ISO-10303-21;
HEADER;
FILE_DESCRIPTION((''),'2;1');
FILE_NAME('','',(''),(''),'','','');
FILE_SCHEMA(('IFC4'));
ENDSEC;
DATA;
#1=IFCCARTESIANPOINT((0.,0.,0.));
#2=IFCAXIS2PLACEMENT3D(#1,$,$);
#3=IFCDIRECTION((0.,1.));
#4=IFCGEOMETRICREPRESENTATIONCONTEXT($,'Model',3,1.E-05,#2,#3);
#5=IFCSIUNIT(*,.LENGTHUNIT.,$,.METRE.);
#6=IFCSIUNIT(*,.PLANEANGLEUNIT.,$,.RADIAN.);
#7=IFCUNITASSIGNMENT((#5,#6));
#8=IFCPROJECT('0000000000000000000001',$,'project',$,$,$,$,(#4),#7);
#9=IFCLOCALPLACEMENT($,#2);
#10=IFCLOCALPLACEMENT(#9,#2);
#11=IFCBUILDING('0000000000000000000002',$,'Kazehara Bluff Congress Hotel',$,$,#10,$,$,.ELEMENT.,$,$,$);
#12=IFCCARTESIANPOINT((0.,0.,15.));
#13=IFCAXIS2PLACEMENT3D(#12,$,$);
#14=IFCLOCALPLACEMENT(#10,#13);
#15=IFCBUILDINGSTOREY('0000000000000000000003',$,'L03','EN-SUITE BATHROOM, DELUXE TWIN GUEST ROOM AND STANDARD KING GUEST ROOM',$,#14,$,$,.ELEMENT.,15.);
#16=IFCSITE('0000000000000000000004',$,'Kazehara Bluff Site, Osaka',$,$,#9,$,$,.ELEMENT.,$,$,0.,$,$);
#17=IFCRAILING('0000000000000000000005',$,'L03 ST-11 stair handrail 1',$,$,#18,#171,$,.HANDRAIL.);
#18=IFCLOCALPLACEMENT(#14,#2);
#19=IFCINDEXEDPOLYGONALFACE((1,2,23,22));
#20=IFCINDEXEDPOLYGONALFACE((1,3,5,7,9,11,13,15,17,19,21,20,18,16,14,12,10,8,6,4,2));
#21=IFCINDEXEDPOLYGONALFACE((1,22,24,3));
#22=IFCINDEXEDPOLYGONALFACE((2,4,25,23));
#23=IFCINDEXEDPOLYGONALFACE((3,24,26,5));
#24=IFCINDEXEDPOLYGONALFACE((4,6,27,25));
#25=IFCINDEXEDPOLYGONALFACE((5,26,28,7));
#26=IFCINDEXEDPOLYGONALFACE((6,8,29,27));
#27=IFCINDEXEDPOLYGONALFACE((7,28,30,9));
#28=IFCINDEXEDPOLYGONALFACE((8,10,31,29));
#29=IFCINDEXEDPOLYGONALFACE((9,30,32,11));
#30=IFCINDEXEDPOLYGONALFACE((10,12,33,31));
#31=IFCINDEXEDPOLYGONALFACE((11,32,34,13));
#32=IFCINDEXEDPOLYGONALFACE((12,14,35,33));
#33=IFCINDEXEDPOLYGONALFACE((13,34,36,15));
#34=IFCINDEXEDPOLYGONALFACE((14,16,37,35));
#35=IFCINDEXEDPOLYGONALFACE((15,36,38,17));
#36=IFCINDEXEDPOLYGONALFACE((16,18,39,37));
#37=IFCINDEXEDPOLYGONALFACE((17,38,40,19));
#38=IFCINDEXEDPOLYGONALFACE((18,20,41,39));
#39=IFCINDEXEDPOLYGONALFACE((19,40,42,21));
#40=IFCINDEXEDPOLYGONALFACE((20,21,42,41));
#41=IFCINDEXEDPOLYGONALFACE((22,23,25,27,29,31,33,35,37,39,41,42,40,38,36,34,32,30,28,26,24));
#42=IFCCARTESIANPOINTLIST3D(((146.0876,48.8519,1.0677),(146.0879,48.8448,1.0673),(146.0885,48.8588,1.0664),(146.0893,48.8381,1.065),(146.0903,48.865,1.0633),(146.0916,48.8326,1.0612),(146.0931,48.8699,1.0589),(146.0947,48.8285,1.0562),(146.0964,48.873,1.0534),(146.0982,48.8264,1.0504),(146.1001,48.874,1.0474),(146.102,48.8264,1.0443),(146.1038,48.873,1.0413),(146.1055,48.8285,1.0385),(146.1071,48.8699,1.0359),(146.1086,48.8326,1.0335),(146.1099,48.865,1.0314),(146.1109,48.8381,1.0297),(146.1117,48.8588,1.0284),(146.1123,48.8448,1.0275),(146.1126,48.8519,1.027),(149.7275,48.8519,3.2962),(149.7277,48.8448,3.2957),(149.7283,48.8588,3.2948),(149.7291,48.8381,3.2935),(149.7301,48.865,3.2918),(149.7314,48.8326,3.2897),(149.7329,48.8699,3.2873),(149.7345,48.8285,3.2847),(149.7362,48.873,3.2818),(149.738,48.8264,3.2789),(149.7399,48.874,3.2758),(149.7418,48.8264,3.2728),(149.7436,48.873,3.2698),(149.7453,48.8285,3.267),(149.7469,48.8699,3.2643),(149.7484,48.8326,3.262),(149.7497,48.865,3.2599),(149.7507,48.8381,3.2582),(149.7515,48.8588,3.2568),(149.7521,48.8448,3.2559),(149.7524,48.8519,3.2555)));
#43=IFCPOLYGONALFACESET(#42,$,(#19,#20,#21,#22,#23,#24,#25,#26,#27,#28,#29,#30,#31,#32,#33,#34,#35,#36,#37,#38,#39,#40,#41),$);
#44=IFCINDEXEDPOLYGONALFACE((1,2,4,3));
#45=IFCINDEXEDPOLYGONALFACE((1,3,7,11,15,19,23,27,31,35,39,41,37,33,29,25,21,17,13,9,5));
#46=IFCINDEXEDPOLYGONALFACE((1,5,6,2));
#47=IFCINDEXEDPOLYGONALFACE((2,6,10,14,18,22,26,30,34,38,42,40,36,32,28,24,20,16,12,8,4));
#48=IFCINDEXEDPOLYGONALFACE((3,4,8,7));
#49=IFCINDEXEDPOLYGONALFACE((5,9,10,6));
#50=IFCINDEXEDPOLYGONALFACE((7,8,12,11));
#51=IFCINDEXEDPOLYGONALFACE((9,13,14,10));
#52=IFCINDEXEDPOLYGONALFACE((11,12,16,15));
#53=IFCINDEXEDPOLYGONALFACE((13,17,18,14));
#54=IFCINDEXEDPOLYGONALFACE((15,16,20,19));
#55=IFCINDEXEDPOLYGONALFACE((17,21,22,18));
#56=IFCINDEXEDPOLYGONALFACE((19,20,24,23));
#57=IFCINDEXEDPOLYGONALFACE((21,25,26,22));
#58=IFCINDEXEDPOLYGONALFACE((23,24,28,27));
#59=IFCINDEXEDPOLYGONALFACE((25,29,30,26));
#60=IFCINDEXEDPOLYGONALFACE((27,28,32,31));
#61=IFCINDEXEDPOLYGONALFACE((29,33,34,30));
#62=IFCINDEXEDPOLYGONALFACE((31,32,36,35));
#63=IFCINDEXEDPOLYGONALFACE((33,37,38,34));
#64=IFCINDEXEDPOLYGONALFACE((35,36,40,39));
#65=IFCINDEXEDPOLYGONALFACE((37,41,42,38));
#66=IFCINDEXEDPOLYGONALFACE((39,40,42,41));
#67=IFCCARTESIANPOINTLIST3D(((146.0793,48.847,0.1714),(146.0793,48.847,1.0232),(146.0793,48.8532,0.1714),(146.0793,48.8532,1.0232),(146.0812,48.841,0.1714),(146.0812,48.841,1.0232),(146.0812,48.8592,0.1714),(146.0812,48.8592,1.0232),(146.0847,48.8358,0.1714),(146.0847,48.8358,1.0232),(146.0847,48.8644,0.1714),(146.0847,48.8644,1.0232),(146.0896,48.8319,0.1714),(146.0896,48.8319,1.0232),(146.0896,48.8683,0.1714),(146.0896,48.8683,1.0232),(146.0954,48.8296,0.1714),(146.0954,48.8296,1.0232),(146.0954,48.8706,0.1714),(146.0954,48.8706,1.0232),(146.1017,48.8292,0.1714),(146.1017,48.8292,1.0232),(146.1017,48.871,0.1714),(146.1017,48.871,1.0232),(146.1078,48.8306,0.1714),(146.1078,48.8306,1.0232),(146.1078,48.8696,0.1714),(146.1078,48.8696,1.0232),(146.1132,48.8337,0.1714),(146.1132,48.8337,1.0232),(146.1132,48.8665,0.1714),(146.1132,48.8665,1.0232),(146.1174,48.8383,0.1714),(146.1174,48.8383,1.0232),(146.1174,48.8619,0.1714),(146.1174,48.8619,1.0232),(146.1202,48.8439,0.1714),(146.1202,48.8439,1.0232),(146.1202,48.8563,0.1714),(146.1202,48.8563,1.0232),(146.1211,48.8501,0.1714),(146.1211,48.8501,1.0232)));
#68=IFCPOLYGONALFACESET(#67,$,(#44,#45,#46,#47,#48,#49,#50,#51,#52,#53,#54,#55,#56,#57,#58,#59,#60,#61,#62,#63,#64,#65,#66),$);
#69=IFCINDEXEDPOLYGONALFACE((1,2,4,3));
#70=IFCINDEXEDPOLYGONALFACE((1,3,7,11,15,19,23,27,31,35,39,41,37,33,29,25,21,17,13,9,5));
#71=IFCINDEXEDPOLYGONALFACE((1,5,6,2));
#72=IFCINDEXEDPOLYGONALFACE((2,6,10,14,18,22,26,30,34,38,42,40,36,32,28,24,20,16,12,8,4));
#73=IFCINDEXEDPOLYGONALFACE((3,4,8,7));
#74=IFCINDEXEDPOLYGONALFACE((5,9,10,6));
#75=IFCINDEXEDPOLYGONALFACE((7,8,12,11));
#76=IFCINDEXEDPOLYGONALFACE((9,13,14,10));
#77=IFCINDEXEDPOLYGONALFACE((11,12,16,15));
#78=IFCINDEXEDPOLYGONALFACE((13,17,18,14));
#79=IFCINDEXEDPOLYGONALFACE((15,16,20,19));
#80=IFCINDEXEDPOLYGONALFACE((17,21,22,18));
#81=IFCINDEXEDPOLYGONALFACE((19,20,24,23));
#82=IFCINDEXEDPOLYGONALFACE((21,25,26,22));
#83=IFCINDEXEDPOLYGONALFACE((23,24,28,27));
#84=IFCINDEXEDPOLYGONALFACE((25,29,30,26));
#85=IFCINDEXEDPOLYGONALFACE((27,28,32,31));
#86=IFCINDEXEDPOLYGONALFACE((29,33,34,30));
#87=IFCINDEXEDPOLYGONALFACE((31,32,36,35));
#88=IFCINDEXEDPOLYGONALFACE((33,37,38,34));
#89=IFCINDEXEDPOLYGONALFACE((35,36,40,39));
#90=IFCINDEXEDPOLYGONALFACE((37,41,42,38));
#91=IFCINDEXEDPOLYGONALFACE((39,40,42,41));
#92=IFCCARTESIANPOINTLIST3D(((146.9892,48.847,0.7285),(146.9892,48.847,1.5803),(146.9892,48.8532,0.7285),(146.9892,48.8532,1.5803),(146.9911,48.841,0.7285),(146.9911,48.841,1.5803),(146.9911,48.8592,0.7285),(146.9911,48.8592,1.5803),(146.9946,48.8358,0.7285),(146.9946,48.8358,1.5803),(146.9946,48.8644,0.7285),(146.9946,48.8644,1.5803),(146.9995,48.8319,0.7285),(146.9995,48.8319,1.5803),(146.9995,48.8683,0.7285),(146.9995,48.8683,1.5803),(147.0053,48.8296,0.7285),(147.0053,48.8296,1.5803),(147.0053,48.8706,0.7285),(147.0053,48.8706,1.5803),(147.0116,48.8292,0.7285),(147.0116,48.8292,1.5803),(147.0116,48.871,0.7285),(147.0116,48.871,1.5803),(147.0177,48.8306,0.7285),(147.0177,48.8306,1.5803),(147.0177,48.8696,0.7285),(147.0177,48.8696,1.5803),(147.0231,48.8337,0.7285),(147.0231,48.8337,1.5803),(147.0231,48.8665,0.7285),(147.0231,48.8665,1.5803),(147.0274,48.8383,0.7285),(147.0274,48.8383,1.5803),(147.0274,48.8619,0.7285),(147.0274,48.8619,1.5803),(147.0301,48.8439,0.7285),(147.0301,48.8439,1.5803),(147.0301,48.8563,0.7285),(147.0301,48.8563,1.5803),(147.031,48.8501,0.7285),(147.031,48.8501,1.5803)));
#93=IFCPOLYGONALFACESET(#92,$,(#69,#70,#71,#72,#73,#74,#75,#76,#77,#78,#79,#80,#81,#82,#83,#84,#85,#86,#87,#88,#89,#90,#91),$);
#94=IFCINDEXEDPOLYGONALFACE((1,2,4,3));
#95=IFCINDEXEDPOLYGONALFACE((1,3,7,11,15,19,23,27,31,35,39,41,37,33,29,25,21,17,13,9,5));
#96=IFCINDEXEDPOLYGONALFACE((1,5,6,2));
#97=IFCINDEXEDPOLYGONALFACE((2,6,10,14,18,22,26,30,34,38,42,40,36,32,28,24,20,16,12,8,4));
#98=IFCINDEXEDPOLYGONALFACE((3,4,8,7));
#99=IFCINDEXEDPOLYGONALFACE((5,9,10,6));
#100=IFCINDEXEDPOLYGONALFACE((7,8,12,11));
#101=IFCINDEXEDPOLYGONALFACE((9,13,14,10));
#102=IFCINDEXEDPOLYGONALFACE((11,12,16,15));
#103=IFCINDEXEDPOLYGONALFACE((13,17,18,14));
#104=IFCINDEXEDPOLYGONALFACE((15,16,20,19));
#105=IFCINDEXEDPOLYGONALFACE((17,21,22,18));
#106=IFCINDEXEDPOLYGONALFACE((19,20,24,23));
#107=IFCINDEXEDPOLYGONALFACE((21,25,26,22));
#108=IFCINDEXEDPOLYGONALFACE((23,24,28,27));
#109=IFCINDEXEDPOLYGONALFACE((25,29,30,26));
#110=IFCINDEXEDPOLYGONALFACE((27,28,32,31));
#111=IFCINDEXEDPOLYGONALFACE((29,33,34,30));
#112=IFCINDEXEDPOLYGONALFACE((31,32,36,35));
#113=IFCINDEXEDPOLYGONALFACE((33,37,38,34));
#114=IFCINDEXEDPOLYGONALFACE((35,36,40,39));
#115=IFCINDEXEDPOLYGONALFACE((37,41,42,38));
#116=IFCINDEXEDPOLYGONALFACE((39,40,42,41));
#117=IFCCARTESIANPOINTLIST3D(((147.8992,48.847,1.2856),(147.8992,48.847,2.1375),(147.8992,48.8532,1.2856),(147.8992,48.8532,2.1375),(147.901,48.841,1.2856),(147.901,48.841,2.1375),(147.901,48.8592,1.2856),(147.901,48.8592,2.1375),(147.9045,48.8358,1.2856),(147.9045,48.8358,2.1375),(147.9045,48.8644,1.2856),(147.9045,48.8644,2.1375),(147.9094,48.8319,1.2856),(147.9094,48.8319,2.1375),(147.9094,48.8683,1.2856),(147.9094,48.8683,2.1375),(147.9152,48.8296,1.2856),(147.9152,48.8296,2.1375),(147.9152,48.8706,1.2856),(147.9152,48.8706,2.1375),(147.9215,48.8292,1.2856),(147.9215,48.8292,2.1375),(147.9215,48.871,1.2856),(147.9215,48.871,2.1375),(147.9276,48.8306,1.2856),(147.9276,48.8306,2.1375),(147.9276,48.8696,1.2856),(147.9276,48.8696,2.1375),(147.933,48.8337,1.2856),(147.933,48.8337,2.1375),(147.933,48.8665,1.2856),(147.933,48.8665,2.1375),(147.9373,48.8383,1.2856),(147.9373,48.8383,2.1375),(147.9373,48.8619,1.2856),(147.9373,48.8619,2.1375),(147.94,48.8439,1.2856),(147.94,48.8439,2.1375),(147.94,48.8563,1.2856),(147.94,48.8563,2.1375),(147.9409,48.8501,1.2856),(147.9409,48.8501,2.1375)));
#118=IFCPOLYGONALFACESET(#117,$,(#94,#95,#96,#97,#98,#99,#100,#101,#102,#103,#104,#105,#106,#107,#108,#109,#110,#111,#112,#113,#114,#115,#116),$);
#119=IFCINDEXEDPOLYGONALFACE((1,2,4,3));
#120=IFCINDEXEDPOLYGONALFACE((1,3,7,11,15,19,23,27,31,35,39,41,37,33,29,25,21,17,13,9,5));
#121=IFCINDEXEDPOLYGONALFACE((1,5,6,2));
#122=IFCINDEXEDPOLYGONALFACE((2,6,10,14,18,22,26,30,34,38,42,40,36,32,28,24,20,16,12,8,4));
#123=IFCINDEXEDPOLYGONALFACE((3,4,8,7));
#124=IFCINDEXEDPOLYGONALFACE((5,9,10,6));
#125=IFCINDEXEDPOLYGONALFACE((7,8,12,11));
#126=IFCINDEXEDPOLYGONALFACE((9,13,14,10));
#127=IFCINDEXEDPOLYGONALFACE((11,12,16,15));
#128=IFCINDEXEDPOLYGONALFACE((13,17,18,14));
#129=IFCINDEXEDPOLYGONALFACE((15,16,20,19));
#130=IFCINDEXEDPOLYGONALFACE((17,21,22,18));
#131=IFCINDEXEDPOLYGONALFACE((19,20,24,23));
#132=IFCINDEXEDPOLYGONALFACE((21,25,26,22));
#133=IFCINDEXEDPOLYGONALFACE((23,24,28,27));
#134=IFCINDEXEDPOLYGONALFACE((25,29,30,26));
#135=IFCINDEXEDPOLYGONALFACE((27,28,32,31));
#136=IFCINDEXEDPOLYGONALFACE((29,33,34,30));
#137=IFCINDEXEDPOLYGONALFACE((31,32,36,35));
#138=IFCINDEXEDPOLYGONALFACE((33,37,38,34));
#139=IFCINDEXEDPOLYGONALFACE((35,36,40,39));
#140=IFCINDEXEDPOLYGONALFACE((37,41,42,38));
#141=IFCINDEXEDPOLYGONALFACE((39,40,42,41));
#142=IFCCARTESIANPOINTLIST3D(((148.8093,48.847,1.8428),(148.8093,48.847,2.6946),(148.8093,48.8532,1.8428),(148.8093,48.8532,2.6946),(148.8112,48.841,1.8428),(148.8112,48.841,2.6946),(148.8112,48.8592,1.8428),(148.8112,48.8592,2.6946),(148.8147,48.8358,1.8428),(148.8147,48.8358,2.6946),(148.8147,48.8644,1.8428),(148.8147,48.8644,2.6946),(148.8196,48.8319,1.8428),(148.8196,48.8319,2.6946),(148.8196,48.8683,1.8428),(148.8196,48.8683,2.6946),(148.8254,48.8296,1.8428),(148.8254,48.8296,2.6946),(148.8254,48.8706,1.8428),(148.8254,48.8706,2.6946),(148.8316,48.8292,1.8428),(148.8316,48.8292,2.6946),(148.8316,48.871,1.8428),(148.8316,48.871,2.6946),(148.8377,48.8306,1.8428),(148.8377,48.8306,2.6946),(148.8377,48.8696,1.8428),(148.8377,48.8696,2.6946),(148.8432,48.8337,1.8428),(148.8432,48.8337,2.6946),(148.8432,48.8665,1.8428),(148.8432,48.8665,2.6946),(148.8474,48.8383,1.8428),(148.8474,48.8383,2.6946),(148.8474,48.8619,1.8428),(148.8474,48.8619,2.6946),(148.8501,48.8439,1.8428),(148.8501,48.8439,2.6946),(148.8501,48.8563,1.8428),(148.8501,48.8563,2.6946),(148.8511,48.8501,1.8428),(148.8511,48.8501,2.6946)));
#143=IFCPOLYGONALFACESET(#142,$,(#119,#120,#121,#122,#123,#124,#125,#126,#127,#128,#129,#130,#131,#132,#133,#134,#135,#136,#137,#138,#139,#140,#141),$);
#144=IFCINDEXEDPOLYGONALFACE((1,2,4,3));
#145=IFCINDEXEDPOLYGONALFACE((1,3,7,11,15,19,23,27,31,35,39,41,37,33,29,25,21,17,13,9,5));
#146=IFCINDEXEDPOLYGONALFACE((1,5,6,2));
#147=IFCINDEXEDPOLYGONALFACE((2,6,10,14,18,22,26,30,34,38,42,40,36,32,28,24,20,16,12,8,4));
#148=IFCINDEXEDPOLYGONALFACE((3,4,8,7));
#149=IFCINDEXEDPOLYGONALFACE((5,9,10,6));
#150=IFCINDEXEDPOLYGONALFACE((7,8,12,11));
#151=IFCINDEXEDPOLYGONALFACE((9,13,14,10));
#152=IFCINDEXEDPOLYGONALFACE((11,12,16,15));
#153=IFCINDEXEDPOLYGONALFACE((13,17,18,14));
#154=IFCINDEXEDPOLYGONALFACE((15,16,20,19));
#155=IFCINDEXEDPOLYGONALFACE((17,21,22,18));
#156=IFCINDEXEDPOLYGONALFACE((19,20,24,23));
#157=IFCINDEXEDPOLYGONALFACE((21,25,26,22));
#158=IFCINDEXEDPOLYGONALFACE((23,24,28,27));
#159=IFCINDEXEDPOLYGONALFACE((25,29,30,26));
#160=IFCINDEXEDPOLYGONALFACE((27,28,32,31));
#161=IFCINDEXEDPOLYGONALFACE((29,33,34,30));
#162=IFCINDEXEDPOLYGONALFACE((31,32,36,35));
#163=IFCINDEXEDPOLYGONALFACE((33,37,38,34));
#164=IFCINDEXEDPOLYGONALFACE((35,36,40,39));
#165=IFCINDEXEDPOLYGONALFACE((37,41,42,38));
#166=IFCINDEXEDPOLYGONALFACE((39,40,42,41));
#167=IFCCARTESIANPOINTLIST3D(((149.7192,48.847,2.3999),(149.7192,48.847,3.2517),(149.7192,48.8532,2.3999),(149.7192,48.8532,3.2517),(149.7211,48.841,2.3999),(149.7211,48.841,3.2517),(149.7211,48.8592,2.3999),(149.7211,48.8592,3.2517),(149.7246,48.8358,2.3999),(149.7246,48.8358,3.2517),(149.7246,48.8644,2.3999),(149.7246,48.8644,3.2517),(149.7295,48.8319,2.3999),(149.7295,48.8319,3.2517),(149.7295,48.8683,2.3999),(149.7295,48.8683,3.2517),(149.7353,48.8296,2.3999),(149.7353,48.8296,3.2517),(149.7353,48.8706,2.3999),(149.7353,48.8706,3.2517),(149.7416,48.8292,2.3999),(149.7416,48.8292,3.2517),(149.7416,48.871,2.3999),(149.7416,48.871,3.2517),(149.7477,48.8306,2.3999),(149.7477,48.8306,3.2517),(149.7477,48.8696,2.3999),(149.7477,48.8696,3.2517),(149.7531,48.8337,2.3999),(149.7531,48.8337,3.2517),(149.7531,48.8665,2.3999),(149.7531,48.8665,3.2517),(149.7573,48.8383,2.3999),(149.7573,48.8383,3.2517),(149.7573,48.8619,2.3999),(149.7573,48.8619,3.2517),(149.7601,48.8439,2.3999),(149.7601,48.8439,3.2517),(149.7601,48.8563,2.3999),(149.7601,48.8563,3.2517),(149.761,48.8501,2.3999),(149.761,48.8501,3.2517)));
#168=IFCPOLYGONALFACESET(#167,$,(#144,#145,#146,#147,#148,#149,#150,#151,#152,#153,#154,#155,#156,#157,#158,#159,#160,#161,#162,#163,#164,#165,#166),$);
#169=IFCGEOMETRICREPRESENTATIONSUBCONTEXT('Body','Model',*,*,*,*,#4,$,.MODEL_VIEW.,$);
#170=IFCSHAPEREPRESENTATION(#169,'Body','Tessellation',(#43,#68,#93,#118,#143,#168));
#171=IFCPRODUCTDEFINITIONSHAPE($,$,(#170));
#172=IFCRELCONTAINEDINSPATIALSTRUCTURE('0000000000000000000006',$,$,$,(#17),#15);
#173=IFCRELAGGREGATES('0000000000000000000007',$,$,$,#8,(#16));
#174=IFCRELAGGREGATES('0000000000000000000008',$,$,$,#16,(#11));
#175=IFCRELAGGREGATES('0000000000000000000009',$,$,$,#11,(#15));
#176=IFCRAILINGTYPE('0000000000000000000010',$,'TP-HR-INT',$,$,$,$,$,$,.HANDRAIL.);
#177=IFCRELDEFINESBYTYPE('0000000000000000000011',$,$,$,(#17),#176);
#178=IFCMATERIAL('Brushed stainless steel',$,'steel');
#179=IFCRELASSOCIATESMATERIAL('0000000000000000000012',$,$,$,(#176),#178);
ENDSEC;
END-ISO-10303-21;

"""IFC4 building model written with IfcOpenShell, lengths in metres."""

from ifc_helpers import new_model, si_unit, direction, frame, origin, origin_2d, place, context, subcontext, project, spatial, circle, extrude, material, type_object, element, save


model = new_model("IFC4")

# Units and contexts
model_context = context("Model", 3, precision=1e-05, world=origin(), true_north=direction((0.0, 1.0)))
body_context = subcontext(model_context, "Body", "Model", "MODEL_VIEW")
ifc_project = project(units=[si_unit("LENGTHUNIT", "METRE"), si_unit("PLANEANGLEUNIT", "RADIAN")], contexts=[model_context])

# Site, building, storey
site_placement = place(None, origin())
site = spatial("IfcSite", under=ifc_project, at=site_placement, Name="Kazehara Bluff Site, Osaka", CompositionType="ELEMENT", RefElevation=0.0)
building_placement = place(site_placement, origin())
building = spatial("IfcBuilding", under=site, at=building_placement, Name="Kazehara Bluff Congress Hotel", CompositionType="ELEMENT")
storey_placement = place(building_placement, frame((0.0, 0.0, 15.0)))
storey = spatial("IfcBuildingStorey", under=building, at=storey_placement, Name="L03", Description="EN-SUITE BATHROOM, DELUXE TWIN GUEST ROOM AND STANDARD KING GUEST ROOM", CompositionType="ELEMENT", Elevation=15.0)

# Railing
ifc_material_1 = material(Name="Brushed stainless steel", Category="steel")
railing_type_1 = type_object("IfcRailingType", Name="TP-HR-INT", PredefinedType="HANDRAIL", material=ifc_material_1)
railing_1_placement = place(storey_placement, frame((146.1001, 48.8501, 0.1714)))
element("IfcRailing", 1, at=railing_1_placement, inside=storey, type_object=railing_type_1, Name="L03 ST-11 stair handrail 1", PredefinedType="HANDRAIL", context=body_context, shape_type="SweptSolid", body=[
    extrude(circle(Radius=0.0239, at=origin_2d()), frame((0.0, 0.0, 0.876), z_axis=(0.85285, 0.0, 0.522156), x_axis=(0.0, 1.0, 0.0)), (0.0, 0.0, 1.0), 4.2678),
    extrude(circle(Radius=0.021, at=origin_2d()), origin(), (0.0, 0.0, 1.0), 0.8518),
    extrude(circle(Radius=0.021, at=origin_2d()), frame((0.9099, 0.0, 0.5571)), (0.0, 0.0, 1.0), 0.8518),
    extrude(circle(Radius=0.021, at=origin_2d()), frame((1.8198, 0.0, 1.1143)), (0.0, 0.0, 1.0), 0.8518),
    extrude(circle(Radius=0.021, at=origin_2d()), frame((2.73, 0.0, 1.6714)), (0.0, 0.0, 1.0), 0.8518),
    extrude(circle(Radius=0.021, at=origin_2d()), frame((3.6399, 0.0, 2.2285)), (0.0, 0.0, 1.0), 0.8518),
])

save(model, "model.ifc")
